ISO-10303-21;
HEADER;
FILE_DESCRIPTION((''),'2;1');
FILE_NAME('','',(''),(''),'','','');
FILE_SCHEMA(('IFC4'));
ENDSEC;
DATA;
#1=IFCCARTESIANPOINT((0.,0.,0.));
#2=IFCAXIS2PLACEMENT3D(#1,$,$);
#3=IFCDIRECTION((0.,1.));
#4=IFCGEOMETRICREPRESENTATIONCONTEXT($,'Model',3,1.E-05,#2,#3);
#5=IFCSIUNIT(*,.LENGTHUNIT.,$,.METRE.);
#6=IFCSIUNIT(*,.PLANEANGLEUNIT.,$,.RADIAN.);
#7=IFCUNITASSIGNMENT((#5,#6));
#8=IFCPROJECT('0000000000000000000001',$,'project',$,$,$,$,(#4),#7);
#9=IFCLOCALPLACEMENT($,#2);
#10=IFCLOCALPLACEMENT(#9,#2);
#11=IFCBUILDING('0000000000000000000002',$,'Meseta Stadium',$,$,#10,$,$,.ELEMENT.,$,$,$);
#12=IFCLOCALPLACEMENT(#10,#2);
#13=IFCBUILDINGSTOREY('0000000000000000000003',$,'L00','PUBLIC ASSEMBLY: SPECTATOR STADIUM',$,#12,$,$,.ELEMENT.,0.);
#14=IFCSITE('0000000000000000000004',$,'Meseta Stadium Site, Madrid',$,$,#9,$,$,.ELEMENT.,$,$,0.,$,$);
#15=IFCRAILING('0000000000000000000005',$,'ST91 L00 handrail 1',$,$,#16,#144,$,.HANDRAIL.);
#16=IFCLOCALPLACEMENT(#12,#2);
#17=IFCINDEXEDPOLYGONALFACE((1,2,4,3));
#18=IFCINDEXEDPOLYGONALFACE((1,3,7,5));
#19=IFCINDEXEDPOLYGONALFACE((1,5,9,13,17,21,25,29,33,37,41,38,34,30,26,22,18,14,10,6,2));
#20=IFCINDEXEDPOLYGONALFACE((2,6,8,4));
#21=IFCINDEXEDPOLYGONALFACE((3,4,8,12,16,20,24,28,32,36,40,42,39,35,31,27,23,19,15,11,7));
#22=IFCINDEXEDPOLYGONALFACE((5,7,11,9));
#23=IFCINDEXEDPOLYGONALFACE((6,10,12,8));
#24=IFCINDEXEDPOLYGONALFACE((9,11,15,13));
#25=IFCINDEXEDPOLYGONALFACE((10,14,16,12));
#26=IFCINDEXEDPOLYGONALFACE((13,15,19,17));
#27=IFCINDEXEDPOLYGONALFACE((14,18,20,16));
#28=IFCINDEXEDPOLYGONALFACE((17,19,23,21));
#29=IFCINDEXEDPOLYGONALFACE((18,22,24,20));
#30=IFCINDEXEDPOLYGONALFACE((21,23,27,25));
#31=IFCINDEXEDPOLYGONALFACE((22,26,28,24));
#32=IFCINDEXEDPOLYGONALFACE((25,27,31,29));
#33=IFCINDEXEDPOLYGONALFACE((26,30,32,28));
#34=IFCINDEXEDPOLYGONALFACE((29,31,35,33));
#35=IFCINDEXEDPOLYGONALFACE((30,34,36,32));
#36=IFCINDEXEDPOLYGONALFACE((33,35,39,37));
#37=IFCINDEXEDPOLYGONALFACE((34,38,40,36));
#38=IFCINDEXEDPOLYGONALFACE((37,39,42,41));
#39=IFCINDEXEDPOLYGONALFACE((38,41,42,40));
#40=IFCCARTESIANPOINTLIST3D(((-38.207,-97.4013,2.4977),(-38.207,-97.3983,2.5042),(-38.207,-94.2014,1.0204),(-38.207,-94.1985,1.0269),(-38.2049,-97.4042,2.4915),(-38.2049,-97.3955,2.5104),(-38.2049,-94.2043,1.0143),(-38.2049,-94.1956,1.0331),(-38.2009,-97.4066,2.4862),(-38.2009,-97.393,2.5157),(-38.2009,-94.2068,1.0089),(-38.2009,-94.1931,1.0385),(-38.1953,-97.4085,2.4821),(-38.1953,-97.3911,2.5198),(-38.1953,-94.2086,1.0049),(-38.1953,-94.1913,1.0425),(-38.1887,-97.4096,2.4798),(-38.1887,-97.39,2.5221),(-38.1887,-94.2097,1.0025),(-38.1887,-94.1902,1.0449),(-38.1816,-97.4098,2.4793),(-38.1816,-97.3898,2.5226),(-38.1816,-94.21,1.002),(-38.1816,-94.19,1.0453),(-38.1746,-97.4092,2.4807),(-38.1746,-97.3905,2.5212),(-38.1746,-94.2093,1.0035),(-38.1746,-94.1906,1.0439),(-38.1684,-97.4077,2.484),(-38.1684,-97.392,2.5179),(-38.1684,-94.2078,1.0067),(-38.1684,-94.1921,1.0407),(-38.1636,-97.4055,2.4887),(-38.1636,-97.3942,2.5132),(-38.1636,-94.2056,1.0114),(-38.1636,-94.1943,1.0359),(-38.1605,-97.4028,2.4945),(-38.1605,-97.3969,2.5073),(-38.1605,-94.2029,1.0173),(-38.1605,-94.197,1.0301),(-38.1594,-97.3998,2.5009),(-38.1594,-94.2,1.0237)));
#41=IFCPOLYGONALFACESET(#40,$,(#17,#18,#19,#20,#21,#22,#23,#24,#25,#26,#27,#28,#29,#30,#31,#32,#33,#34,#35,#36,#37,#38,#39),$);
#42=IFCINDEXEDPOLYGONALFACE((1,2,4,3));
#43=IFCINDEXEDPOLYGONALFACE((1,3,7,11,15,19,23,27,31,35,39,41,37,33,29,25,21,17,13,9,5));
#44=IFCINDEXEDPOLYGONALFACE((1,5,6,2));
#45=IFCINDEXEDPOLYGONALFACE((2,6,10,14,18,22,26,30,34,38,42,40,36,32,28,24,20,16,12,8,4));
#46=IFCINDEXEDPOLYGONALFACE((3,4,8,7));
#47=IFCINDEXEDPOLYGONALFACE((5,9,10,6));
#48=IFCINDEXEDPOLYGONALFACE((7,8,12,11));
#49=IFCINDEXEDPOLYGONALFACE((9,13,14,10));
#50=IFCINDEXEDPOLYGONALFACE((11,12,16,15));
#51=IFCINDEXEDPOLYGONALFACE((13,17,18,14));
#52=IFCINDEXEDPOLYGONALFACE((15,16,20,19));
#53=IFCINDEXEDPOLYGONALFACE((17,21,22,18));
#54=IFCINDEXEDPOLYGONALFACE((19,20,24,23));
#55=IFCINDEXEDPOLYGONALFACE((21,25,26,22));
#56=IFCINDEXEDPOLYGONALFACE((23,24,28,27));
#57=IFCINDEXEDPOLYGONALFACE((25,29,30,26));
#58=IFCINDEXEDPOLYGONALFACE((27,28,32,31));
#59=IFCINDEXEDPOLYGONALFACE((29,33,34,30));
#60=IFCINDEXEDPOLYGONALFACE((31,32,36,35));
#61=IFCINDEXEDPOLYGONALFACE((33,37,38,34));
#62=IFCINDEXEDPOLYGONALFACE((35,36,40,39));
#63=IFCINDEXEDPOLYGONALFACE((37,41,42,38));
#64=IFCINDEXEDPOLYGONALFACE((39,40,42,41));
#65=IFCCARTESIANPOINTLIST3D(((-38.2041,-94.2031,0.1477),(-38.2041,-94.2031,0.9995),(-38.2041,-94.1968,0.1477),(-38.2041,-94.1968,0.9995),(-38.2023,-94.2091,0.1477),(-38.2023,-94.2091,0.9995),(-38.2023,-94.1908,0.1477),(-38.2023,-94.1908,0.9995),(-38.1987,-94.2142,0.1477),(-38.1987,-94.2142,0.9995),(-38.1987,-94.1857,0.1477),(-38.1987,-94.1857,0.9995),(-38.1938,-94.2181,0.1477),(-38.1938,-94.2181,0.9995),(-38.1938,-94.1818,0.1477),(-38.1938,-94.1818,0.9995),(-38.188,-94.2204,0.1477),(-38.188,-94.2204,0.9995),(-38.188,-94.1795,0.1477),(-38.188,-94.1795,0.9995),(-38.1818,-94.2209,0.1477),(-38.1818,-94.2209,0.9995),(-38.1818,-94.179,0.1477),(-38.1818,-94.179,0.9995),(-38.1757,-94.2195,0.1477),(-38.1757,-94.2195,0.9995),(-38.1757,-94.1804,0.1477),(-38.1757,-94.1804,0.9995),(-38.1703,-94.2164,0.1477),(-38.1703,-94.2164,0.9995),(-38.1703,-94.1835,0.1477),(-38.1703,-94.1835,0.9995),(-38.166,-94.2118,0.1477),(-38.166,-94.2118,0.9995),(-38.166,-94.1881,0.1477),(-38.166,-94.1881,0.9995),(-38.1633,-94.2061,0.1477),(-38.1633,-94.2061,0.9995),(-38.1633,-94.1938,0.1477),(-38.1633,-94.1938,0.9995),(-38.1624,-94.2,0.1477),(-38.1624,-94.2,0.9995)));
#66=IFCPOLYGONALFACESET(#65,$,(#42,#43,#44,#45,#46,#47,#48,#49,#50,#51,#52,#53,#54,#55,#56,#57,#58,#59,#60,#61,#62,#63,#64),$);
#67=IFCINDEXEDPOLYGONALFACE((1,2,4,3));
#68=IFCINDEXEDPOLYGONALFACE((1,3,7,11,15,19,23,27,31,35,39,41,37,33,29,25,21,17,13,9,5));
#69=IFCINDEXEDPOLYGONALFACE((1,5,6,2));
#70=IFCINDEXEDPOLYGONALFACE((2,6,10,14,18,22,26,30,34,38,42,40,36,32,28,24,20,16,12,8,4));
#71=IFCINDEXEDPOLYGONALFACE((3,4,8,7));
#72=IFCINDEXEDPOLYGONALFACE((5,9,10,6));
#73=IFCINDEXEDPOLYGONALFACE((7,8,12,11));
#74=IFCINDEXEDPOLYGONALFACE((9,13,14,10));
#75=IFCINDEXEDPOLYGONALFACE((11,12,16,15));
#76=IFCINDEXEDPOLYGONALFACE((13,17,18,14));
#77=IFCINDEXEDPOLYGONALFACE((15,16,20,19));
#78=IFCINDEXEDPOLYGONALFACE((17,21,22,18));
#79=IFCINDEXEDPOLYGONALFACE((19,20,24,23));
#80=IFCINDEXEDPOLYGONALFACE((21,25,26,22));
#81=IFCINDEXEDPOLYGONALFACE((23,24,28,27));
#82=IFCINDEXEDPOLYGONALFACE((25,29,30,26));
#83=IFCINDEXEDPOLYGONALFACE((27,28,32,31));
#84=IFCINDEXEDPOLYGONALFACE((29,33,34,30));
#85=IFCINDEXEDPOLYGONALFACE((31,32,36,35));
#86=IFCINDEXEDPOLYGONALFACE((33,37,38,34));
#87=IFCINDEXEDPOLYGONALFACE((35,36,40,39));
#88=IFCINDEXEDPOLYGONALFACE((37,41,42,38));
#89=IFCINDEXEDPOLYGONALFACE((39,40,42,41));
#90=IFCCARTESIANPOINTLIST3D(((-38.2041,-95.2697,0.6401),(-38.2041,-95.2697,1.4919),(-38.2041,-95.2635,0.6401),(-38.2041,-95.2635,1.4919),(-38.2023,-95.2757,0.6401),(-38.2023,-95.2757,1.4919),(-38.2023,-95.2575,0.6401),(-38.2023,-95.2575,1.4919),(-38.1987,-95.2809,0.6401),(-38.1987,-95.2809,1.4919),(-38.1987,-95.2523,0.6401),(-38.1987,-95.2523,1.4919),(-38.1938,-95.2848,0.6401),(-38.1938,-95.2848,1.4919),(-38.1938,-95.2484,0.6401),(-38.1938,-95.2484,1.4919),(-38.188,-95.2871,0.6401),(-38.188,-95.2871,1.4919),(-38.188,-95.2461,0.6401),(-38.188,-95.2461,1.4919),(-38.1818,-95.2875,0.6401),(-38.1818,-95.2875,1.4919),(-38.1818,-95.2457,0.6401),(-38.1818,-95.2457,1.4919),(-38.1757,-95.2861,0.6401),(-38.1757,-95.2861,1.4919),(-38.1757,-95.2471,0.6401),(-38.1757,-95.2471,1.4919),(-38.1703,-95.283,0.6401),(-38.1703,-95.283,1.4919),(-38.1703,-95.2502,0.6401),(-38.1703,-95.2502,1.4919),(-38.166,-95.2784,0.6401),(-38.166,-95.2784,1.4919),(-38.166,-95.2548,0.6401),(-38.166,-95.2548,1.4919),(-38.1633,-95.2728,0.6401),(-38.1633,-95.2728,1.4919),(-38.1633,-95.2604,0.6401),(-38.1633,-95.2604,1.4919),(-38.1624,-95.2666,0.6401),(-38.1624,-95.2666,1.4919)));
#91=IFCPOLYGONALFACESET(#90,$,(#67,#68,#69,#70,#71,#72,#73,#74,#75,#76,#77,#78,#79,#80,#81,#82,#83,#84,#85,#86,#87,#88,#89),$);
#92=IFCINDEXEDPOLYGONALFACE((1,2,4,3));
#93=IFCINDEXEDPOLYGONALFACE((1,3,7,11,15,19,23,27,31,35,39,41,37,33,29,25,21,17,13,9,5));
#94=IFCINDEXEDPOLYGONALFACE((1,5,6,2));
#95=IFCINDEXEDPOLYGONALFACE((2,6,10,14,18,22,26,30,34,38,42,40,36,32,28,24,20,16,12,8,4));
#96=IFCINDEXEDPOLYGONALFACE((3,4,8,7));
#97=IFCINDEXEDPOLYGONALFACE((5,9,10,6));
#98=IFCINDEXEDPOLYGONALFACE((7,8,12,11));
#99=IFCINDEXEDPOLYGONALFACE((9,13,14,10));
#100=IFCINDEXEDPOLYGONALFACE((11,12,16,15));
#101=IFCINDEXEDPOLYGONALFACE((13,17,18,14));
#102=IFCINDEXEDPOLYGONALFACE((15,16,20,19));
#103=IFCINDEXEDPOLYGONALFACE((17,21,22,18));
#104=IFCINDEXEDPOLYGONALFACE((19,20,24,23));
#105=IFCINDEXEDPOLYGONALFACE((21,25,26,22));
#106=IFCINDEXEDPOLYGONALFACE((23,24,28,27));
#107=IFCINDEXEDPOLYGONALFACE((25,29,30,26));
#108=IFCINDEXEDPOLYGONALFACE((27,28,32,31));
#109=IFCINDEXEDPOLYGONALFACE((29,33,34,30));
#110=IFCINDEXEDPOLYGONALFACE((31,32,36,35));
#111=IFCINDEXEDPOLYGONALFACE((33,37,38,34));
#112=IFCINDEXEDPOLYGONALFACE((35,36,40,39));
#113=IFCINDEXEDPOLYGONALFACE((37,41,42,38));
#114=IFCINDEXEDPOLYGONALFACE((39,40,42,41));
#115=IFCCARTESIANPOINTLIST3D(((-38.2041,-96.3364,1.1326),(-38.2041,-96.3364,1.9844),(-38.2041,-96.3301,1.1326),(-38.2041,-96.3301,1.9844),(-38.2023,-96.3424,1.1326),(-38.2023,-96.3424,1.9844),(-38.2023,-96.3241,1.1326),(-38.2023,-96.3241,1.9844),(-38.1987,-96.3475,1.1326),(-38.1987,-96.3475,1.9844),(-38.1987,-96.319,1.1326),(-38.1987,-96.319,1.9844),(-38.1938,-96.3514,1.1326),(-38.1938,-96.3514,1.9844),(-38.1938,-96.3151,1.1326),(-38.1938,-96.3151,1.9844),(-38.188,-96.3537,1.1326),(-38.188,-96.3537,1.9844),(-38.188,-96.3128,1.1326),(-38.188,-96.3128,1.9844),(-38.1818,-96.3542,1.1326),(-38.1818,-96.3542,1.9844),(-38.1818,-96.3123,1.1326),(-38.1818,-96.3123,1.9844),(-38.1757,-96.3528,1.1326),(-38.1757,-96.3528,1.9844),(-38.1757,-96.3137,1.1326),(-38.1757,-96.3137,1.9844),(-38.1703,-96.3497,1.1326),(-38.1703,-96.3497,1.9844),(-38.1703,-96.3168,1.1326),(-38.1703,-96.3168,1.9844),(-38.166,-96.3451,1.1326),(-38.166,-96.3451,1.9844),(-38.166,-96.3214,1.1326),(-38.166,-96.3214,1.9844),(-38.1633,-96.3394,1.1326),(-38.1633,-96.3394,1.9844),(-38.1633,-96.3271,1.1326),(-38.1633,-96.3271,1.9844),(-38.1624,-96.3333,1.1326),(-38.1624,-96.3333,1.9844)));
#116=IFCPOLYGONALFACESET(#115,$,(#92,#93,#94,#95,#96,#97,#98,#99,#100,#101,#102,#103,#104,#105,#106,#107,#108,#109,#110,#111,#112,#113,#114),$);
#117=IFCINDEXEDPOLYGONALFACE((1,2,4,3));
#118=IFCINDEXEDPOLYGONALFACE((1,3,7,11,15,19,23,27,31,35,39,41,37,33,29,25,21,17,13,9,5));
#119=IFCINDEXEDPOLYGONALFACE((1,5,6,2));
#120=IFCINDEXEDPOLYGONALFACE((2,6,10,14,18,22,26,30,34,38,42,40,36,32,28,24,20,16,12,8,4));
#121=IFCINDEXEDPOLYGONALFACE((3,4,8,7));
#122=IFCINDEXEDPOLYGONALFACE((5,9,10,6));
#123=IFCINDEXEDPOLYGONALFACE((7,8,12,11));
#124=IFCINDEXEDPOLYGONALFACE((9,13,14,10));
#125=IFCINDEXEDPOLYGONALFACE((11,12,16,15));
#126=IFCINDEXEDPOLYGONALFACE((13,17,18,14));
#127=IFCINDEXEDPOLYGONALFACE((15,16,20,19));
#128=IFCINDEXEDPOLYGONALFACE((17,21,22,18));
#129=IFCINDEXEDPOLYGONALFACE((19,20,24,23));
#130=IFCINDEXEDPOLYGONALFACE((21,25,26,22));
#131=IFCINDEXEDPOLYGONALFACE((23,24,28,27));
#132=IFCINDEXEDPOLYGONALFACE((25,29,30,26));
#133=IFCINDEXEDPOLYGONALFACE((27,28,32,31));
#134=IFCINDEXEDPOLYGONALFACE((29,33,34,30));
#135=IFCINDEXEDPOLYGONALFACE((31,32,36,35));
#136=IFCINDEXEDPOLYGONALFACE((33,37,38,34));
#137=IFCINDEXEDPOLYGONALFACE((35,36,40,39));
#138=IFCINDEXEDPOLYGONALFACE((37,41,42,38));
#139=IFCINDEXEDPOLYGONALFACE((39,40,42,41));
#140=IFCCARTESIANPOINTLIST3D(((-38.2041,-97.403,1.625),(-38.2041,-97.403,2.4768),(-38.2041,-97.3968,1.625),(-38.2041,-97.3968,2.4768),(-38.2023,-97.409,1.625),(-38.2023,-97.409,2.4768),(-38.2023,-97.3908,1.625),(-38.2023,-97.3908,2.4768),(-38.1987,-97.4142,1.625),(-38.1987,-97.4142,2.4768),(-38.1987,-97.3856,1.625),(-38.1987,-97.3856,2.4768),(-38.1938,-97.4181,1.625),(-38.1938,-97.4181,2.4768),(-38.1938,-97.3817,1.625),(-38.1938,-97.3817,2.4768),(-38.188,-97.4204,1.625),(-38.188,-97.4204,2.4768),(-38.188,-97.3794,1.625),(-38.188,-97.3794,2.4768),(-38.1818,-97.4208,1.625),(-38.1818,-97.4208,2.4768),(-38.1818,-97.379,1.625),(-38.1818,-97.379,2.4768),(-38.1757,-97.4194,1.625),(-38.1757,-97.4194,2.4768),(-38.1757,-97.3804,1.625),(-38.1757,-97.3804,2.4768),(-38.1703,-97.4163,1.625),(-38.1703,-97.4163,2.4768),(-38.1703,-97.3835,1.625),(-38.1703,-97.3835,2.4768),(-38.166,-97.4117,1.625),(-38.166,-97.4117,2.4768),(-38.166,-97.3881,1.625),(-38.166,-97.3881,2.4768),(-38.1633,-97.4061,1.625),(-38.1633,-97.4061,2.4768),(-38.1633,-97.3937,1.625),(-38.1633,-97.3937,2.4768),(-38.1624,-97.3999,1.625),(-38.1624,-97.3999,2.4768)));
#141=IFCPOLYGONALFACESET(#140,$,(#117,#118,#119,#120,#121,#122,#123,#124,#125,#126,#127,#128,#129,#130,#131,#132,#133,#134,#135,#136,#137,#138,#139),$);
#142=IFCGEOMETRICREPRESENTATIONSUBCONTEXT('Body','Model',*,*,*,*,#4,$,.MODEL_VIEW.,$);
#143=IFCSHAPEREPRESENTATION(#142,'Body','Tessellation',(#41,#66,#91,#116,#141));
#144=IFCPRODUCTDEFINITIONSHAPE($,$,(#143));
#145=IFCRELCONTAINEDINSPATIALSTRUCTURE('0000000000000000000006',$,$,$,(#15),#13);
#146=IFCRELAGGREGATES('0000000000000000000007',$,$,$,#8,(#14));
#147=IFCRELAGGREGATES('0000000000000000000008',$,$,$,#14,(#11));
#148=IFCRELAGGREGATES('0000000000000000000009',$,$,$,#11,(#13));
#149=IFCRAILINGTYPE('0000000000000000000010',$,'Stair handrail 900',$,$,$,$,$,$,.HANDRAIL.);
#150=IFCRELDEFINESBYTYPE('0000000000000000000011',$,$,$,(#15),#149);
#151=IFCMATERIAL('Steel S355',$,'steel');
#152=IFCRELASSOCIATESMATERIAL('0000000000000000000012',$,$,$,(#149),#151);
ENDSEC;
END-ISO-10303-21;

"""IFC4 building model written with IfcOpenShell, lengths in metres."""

from ifc_helpers import new_model, si_unit, direction, frame, origin, origin_2d, place, context, subcontext, project, spatial, circle, extrude, material, type_object, element, save


model = new_model("IFC4")

# Units and contexts
model_context = context("Model", 3, precision=1e-05, world=origin(), true_north=direction((0.0, 1.0)))
body_context = subcontext(model_context, "Body", "Model", "MODEL_VIEW")
ifc_project = project(units=[si_unit("LENGTHUNIT", "METRE"), si_unit("PLANEANGLEUNIT", "RADIAN")], contexts=[model_context])

# Site, building, storey
site_placement = place(None, origin())
site = spatial("IfcSite", under=ifc_project, at=site_placement, Name="Meseta Stadium Site, Madrid", CompositionType="ELEMENT", RefElevation=0.0)
building_placement = place(site_placement, origin())
building = spatial("IfcBuilding", under=site, at=building_placement, Name="Meseta Stadium", CompositionType="ELEMENT")
storey_placement = place(building_placement, origin())
storey = spatial("IfcBuildingStorey", under=building, at=storey_placement, Name="L00", Description="PUBLIC ASSEMBLY: SPECTATOR STADIUM", CompositionType="ELEMENT", Elevation=0.0)

# Railing
ifc_material_1 = material(Name="Steel S355", Category="steel")
railing_type_1 = type_object("IfcRailingType", Name="Stair handrail 900", PredefinedType="HANDRAIL", material=ifc_material_1)
for number, where, name in (
    (1, (-38.1833, -94.2, 0.1477), "ST91 L00 handrail 1"),
):
    element("IfcRailing", number, at=place(storey_placement, frame(where)), inside=storey, type_object=railing_type_1, Name=name, PredefinedType="HANDRAIL", context=body_context, shape_type="SweptSolid", body=[
        extrude(circle(Radius=0.0239, at=origin_2d()), frame((0.0, 0.0, 0.876), z_axis=(0.0, -0.907917, 0.41915), x_axis=(1.0, 0.0, 0.0)), (0.0, 0.0, 1.0), 3.5244),
        extrude(circle(Radius=0.021, at=origin_2d()), origin(), (0.0, 0.0, 1.0), 0.8518),
        extrude(circle(Radius=0.021, at=origin_2d()), frame((0.0, -1.0667, 0.4924)), (0.0, 0.0, 1.0), 0.8518),
        extrude(circle(Radius=0.021, at=origin_2d()), frame((0.0, -2.1333, 0.9849)), (0.0, 0.0, 1.0), 0.8518),
        extrude(circle(Radius=0.021, at=origin_2d()), frame((0.0, -3.2, 1.4773)), (0.0, 0.0, 1.0), 0.8518),
    ])

save(model, "model.ifc")
